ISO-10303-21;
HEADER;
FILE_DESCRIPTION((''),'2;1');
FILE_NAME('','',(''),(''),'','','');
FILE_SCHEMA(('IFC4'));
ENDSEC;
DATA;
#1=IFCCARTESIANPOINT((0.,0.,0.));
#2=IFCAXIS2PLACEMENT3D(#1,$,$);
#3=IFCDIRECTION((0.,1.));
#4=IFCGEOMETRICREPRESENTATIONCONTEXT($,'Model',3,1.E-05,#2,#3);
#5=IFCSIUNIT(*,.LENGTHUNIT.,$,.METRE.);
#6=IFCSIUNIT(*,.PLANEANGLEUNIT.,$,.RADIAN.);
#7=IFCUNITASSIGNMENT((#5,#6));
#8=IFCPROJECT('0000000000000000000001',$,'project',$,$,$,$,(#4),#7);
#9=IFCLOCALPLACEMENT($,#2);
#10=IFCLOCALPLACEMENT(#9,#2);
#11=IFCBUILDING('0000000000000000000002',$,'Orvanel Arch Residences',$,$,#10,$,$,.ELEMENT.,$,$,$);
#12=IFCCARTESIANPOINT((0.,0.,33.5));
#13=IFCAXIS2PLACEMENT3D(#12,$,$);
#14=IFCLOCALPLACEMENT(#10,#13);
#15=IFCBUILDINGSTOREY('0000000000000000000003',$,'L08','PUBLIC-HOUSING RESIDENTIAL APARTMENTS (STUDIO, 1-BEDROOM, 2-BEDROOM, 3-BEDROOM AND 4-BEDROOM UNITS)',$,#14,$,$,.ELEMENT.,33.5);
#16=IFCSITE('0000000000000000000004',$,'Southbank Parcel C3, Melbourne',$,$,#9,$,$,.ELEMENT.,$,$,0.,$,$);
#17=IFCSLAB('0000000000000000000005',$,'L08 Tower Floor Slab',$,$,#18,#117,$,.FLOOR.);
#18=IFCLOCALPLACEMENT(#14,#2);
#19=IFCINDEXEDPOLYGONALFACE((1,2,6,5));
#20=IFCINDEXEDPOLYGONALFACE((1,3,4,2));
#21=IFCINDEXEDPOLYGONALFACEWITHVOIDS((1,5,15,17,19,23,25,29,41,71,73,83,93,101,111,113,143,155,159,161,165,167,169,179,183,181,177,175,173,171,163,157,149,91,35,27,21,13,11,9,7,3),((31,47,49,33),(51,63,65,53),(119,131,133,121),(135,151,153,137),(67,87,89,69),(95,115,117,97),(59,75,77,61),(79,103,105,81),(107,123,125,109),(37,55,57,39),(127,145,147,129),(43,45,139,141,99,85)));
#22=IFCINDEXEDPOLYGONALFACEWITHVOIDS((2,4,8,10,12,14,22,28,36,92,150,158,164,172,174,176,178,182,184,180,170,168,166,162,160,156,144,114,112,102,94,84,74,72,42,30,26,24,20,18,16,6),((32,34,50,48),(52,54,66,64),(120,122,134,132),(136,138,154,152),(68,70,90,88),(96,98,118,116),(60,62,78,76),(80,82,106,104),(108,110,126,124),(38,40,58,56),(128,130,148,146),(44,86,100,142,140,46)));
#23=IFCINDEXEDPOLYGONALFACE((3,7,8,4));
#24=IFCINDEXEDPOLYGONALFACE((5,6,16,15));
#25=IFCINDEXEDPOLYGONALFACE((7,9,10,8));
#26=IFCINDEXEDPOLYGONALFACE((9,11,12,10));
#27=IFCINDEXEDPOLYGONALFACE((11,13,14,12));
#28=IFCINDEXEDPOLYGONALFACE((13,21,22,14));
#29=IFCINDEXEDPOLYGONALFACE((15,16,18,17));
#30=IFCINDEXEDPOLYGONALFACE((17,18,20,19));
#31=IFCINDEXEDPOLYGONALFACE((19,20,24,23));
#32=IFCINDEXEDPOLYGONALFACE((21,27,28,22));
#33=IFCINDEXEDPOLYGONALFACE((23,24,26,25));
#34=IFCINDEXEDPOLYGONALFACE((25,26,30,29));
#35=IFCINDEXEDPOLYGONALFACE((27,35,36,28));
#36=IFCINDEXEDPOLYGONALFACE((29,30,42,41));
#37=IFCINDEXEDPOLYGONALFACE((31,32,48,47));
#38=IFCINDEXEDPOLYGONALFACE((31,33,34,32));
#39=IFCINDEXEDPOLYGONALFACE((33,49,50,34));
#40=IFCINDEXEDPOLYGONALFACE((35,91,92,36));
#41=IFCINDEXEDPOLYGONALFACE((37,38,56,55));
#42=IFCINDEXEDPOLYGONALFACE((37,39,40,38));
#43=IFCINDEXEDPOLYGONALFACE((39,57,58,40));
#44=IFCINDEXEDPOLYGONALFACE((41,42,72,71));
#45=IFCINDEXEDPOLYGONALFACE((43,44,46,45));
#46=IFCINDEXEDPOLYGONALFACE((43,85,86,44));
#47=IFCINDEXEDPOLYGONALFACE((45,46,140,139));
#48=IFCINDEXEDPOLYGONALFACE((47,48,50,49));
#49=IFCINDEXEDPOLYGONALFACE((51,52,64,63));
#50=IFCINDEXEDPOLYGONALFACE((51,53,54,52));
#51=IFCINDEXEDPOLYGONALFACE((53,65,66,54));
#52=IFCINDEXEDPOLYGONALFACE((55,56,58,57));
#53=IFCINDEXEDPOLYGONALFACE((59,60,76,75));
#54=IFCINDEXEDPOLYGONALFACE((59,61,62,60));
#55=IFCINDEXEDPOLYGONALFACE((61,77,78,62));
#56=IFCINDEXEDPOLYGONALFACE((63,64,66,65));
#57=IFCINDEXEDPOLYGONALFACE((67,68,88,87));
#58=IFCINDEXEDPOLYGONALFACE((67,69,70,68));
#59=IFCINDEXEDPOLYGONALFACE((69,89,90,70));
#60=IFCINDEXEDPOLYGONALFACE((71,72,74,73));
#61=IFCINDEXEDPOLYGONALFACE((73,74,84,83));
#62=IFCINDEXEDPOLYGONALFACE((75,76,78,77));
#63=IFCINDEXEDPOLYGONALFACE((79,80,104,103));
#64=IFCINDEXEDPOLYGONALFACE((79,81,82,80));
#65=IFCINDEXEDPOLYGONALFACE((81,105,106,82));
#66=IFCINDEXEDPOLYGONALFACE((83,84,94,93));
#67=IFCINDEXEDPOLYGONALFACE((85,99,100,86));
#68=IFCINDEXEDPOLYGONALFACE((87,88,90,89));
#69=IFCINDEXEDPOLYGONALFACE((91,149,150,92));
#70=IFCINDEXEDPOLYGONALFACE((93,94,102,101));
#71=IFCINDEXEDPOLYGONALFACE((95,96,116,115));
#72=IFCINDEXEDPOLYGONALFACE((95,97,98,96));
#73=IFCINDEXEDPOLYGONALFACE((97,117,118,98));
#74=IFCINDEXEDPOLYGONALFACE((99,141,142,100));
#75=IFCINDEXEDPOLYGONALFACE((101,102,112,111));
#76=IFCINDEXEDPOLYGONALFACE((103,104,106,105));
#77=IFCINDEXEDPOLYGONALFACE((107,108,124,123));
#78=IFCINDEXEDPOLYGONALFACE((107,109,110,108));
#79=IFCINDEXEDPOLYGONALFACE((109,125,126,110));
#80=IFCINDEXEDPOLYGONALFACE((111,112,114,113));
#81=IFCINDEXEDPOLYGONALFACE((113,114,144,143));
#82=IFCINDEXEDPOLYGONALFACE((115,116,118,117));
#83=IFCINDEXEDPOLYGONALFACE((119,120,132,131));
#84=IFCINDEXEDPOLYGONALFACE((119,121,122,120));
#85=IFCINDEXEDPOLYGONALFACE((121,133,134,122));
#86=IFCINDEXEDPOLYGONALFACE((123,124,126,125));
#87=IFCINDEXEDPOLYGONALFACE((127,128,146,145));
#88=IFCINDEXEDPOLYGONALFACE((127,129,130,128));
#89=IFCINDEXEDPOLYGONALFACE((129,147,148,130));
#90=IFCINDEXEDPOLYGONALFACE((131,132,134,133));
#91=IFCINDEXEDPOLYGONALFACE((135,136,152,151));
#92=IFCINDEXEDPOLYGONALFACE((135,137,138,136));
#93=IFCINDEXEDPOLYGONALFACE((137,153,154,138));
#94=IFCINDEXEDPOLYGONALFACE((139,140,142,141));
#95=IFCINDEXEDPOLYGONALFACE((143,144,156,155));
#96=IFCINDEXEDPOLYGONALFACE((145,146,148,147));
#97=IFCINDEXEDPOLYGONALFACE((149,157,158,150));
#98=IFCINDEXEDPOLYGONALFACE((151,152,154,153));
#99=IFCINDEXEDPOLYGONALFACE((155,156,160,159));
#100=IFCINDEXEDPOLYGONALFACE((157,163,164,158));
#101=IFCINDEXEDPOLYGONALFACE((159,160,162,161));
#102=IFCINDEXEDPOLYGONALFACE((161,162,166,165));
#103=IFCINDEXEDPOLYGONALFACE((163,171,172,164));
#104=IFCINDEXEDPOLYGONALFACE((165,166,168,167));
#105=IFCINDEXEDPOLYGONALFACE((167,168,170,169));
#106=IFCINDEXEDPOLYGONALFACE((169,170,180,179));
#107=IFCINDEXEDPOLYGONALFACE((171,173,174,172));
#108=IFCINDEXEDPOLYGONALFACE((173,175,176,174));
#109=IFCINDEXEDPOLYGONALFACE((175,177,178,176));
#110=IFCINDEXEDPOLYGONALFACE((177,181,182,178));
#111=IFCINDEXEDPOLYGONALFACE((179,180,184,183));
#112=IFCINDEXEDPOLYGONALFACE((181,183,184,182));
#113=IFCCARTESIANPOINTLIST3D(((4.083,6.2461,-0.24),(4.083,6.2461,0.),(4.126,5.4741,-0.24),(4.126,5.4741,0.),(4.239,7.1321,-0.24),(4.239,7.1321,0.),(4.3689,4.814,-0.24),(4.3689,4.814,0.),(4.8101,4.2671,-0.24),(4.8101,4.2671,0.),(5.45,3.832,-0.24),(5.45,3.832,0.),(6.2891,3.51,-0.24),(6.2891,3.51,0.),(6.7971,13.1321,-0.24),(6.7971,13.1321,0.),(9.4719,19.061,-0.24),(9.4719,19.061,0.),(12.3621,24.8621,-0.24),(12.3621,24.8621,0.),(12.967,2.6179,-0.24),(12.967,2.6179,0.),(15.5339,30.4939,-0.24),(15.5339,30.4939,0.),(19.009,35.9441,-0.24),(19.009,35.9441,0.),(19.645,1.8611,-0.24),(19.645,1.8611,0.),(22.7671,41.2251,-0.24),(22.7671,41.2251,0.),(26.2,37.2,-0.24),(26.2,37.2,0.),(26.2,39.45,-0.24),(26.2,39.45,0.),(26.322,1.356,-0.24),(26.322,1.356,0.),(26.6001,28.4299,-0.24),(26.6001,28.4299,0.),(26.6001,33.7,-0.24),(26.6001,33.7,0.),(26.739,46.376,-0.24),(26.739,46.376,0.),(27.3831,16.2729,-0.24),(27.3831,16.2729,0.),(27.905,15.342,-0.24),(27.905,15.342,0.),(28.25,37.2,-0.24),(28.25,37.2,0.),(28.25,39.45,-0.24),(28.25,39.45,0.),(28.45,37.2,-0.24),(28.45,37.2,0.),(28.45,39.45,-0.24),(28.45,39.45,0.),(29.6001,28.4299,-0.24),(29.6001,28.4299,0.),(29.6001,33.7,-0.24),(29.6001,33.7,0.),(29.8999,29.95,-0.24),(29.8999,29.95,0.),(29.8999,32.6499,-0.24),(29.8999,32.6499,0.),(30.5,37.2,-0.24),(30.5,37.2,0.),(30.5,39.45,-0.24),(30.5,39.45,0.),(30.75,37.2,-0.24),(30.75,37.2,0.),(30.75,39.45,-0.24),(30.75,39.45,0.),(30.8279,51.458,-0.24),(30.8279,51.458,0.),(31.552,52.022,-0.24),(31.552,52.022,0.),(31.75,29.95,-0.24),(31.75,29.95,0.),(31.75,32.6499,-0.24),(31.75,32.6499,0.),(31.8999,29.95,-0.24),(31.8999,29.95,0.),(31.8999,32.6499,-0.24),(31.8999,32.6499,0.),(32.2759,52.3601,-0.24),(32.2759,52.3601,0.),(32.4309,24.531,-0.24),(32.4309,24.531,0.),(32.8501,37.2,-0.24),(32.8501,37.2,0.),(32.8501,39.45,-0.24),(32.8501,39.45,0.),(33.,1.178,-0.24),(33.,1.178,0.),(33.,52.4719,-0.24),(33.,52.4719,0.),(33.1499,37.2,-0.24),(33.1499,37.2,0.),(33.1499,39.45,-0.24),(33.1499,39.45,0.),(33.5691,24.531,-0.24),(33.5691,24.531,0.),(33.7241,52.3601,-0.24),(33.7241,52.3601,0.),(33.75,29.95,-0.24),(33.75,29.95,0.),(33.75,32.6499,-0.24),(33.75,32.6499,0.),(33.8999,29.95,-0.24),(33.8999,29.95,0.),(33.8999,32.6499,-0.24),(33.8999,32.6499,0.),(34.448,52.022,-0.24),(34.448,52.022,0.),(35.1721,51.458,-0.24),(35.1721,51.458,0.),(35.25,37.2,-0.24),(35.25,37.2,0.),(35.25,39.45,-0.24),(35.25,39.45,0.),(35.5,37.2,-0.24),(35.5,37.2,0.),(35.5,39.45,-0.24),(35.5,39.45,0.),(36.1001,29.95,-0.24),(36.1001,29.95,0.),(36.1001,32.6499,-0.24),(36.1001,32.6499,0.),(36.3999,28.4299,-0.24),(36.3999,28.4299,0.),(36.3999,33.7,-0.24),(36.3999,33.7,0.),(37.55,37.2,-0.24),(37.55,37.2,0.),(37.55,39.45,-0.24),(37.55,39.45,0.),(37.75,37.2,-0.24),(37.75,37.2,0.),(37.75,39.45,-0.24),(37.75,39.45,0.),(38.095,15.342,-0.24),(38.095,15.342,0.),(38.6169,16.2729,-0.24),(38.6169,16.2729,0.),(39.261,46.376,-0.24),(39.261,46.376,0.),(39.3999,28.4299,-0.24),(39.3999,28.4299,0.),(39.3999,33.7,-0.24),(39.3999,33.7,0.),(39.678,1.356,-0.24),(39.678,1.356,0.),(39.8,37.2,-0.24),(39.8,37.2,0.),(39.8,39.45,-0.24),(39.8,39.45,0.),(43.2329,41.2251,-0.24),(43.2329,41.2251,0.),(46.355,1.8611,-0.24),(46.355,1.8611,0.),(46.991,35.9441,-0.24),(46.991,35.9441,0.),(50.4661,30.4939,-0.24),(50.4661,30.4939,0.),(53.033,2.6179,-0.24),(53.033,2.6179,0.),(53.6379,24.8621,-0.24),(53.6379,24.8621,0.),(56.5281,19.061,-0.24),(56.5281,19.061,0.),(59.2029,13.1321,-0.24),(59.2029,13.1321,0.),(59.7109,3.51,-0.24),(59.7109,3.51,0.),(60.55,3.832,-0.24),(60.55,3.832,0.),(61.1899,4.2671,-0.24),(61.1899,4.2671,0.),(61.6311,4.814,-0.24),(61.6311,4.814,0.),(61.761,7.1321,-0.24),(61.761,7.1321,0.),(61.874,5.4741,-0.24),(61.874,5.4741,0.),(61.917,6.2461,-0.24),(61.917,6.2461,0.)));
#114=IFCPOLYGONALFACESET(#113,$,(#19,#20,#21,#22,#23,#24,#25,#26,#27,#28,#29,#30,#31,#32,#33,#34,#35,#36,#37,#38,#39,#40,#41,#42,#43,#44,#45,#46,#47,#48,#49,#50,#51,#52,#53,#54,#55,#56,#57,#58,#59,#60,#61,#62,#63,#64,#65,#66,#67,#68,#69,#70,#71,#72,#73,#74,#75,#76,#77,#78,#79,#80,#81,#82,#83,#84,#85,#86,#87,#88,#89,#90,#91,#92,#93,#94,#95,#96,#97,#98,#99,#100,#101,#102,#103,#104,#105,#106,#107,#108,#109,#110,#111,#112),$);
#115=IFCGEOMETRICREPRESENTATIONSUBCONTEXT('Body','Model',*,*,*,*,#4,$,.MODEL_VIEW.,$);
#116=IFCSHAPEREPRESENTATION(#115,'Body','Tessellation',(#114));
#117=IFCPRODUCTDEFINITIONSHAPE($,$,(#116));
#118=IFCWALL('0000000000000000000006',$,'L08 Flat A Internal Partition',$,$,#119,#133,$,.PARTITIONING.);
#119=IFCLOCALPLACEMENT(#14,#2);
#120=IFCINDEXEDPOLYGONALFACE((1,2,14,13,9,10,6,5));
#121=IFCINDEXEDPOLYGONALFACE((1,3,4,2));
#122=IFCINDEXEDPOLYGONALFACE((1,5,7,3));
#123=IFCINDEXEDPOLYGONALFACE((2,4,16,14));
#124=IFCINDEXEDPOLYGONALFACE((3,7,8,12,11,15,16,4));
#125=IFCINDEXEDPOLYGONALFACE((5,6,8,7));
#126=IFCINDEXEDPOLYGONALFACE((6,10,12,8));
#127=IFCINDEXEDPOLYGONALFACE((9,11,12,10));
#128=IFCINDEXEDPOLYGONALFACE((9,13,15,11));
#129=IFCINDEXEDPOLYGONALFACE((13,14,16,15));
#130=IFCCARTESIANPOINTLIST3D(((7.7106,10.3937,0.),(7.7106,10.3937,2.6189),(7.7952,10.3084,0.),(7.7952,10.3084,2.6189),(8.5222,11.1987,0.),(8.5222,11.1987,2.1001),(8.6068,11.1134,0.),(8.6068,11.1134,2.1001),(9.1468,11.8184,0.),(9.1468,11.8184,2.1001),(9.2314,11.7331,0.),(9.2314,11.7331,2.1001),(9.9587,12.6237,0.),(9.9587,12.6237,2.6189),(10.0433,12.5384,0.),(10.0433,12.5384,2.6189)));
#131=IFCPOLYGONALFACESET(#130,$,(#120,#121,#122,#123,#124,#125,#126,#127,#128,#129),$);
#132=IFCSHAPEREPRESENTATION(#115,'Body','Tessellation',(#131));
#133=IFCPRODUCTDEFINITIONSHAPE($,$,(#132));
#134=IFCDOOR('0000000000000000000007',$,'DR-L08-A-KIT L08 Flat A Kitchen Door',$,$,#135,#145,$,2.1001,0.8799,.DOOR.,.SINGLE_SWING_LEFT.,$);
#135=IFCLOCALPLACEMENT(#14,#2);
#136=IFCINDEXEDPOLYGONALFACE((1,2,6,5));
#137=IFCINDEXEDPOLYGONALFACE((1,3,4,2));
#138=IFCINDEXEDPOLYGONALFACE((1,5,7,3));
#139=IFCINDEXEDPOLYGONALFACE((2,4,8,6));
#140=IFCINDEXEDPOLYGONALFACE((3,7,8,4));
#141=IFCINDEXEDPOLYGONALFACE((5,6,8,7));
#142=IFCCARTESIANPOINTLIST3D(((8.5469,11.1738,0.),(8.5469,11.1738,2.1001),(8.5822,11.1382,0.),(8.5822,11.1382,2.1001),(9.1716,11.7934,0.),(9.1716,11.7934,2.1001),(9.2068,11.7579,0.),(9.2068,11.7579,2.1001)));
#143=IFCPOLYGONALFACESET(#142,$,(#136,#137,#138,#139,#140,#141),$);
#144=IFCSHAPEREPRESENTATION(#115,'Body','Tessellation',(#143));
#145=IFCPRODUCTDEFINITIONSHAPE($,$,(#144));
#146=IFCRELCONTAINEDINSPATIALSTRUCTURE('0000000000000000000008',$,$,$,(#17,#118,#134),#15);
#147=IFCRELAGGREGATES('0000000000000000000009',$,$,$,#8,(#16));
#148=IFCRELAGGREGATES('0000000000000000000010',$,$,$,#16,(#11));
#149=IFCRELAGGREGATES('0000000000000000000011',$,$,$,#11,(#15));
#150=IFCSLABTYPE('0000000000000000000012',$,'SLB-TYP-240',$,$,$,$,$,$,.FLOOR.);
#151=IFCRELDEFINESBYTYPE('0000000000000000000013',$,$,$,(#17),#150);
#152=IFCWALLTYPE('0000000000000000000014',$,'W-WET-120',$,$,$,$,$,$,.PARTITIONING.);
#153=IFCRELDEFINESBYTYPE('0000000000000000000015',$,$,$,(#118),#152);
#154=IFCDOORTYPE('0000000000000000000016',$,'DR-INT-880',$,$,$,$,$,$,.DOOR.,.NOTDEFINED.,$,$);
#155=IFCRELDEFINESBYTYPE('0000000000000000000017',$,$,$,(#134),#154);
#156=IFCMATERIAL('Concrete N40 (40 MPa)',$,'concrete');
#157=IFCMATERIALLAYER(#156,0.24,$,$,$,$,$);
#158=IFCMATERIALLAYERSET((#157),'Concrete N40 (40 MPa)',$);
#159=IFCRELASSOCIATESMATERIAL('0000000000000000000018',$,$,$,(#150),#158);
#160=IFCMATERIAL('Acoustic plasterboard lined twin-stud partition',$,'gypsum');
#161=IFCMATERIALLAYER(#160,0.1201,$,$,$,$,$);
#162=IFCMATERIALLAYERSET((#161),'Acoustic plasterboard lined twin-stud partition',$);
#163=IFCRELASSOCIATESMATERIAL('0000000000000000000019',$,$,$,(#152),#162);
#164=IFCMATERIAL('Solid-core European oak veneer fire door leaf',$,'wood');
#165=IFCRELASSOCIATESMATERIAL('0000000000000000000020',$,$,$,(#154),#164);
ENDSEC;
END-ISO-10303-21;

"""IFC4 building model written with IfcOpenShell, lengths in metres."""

from ifc_helpers import new_model, si_unit, direction, frame, frame_2d, origin, place, context, subcontext, project, spatial, polyline, rectangle, outline, extrude, material, layer, layer_set, type_object, element, fill, save


model = new_model("IFC4")

# Units and contexts
model_context = context("Model", 3, precision=1e-05, world=origin(), true_north=direction((0.0, 1.0)))
body_context = subcontext(model_context, "Body", "Model", "MODEL_VIEW")
ifc_project = project(units=[si_unit("LENGTHUNIT", "METRE"), si_unit("PLANEANGLEUNIT", "RADIAN")], contexts=[model_context])

# Site, building, storey
site_placement = place(None, origin())
site = spatial("IfcSite", under=ifc_project, at=site_placement, Name="Southbank Parcel C3, Melbourne", CompositionType="ELEMENT", RefElevation=0.0)
building_placement = place(site_placement, origin())
building = spatial("IfcBuilding", under=site, at=building_placement, Name="Orvanel Arch Residences", CompositionType="ELEMENT")
storey_placement = place(building_placement, frame((0.0, 0.0, 33.5)))
storey = spatial("IfcBuildingStorey", under=building, at=storey_placement, Name="L08", Description="PUBLIC-HOUSING RESIDENTIAL APARTMENTS (STUDIO, 1-BEDROOM, 2-BEDROOM, 3-BEDROOM AND 4-BEDROOM UNITS)", CompositionType="ELEMENT", Elevation=33.5)

# Shared definitions
ifc_material_1 = material(Name="Concrete N40 (40 MPa)", Category="concrete")

# Slab
ifc_layer_1 = layer(ifc_material_1, 0.24)
ifc_layer_set_1 = layer_set([ifc_layer_1], Name="Concrete N40 (40 MPa)")
slab_type_1 = type_object("IfcSlabType", Name="SLB-TYP-240", PredefinedType="FLOOR", material=ifc_layer_set_1)
slab_1_placement = place(storey_placement, frame((0.0, 0.0, -0.24)))
element("IfcSlab", 1, at=slab_1_placement, inside=storey, type_object=slab_type_1, Name="L08 Tower Floor Slab", PredefinedType="FLOOR", context=body_context, shape_type="SweptSolid", body=[
    extrude(outline(polyline([(35.1721, 51.458), (34.448, 52.022), (33.7241, 52.3601), (33.0, 52.4719), (32.2759, 52.3601), (31.552, 52.022), (30.8279, 51.458), (26.739, 46.376), (22.7671, 41.2251), (19.009, 35.9441), (15.5339, 30.4939), (12.3621, 24.8621), (9.4719, 19.061), (6.7971, 13.1321), (4.239, 7.1321), (4.083, 6.2461), (4.126, 5.4741), (4.3689, 4.814), (4.8101, 4.2671), (5.45, 3.832), (6.2891, 3.51), (12.967, 2.6179), (19.645, 1.8611), (26.322, 1.356), (33.0, 1.178), (39.678, 1.356), (46.355, 1.8611), (53.033, 2.6179), (59.7109, 3.51), (60.55, 3.832), (61.1899, 4.2671), (61.6311, 4.814), (61.874, 5.4741), (61.917, 6.2461), (61.761, 7.1321), (59.2029, 13.1321), (56.5281, 19.061), (53.6379, 24.8621), (50.4661, 30.4939), (46.991, 35.9441), (43.2329, 41.2251), (39.261, 46.376), (35.1721, 51.458)]), holes=[polyline([(26.6001, 28.4299), (26.6001, 33.7), (29.6001, 33.7), (29.6001, 28.4299), (26.6001, 28.4299)]), polyline([(36.3999, 28.4299), (36.3999, 33.7), (39.3999, 33.7), (39.3999, 28.4299), (36.3999, 28.4299)]), polyline([(29.8999, 32.6499), (31.75, 32.6499), (31.75, 29.95), (29.8999, 29.95), (29.8999, 32.6499)]), polyline([(31.8999, 32.6499), (33.75, 32.6499), (33.75, 29.95), (31.8999, 29.95), (31.8999, 32.6499)]), polyline([(33.8999, 32.6499), (36.1001, 32.6499), (36.1001, 29.95), (33.8999, 29.95), (33.8999, 32.6499)]), polyline([(26.2, 39.45), (28.25, 39.45), (28.25, 37.2), (26.2, 37.2), (26.2, 39.45)]), polyline([(37.75, 39.45), (39.8, 39.45), (39.8, 37.2), (37.75, 37.2), (37.75, 39.45)]), polyline([(28.45, 39.45), (30.5, 39.45), (30.5, 37.2), (28.45, 37.2), (28.45, 39.45)]), polyline([(35.5, 39.45), (37.55, 39.45), (37.55, 37.2), (35.5, 37.2), (35.5, 39.45)]), polyline([(30.75, 39.45), (32.8501, 39.45), (32.8501, 37.2), (30.75, 37.2), (30.75, 39.45)]), polyline([(33.1499, 39.45), (35.25, 39.45), (35.25, 37.2), (33.1499, 37.2), (33.1499, 39.45)]), polyline([(38.6169, 16.2729), (38.095, 15.342), (27.905, 15.342), (27.3831, 16.2729), (32.4309, 24.531), (33.5691, 24.531), (38.6169, 16.2729)])]), origin(), (0.0, 0.0, 1.0), 0.24),
])

# Wall, opening, door
ifc_material_2 = material(Name="Acoustic plasterboard lined twin-stud partition", Category="gypsum")
ifc_layer_2 = layer(ifc_material_2, 0.1201)
ifc_layer_set_2 = layer_set([ifc_layer_2], Name="Acoustic plasterboard lined twin-stud partition")
wall_type = type_object("IfcWallType", Name="W-WET-120", PredefinedType="PARTITIONING", material=ifc_layer_set_2)
wall_placement = place(storey_placement, frame((7.7529, 10.3511, 0.0), z_axis=(0.0, 0.0, 1.0), x_axis=(0.709954, 0.704248, 0.0)))
wall = element("IfcWall", 2, at=wall_placement, inside=storey, type_object=wall_type, Name="L08 Flat A Internal Partition", PredefinedType="PARTITIONING", context=body_context, shape_type="SweptSolid", body=[
    extrude(rectangle(XDim=3.1665, YDim=0.1201, at=frame_2d((1.5833, 0.0))), origin(), (0.0, 0.0, 1.0), 2.6189),
])
opening_placement = place(wall_placement, frame((1.1431, 0.0, 0.0)))
opening = element("IfcOpeningElement", 3, at=opening_placement, cuts=wall, PredefinedType="OPENING", context=body_context, shape_type="SweptSolid", body=[
    extrude(rectangle(XDim=0.8799, YDim=2.1001, at=frame_2d((0.4399, 1.05))), frame((0.0, 0.0701, 0.0), z_axis=(0.0, -1.0, 0.0), x_axis=(1.0, 0.0, 0.0)), (0.0, 0.0, 1.0), 0.1401),
])
ifc_material_3 = material(Name="Solid-core European oak veneer fire door leaf", Category="wood")
door_type = type_object("IfcDoorType", Name="DR-INT-880", OperationType="NOTDEFINED", PredefinedType="DOOR", material=ifc_material_3)
door_placement = place(opening_placement, origin())
door = element("IfcDoor", 4, at=door_placement, inside=storey, type_object=door_type, Name="DR-L08-A-KIT L08 Flat A Kitchen Door", OperationType="SINGLE_SWING_LEFT", OverallHeight=2.1001, OverallWidth=0.8799, PredefinedType="DOOR", context=body_context, shape_type="SweptSolid", body=[
    extrude(rectangle(XDim=0.8799, YDim=2.1001, at=frame_2d((0.4399, 1.05))), frame((0.0, 0.0249, 0.0), z_axis=(0.0, -1.0, 0.0), x_axis=(1.0, 0.0, 0.0)), (0.0, 0.0, 1.0), 0.05),
])
fill(opening, door)

save(model, "model.ifc")
